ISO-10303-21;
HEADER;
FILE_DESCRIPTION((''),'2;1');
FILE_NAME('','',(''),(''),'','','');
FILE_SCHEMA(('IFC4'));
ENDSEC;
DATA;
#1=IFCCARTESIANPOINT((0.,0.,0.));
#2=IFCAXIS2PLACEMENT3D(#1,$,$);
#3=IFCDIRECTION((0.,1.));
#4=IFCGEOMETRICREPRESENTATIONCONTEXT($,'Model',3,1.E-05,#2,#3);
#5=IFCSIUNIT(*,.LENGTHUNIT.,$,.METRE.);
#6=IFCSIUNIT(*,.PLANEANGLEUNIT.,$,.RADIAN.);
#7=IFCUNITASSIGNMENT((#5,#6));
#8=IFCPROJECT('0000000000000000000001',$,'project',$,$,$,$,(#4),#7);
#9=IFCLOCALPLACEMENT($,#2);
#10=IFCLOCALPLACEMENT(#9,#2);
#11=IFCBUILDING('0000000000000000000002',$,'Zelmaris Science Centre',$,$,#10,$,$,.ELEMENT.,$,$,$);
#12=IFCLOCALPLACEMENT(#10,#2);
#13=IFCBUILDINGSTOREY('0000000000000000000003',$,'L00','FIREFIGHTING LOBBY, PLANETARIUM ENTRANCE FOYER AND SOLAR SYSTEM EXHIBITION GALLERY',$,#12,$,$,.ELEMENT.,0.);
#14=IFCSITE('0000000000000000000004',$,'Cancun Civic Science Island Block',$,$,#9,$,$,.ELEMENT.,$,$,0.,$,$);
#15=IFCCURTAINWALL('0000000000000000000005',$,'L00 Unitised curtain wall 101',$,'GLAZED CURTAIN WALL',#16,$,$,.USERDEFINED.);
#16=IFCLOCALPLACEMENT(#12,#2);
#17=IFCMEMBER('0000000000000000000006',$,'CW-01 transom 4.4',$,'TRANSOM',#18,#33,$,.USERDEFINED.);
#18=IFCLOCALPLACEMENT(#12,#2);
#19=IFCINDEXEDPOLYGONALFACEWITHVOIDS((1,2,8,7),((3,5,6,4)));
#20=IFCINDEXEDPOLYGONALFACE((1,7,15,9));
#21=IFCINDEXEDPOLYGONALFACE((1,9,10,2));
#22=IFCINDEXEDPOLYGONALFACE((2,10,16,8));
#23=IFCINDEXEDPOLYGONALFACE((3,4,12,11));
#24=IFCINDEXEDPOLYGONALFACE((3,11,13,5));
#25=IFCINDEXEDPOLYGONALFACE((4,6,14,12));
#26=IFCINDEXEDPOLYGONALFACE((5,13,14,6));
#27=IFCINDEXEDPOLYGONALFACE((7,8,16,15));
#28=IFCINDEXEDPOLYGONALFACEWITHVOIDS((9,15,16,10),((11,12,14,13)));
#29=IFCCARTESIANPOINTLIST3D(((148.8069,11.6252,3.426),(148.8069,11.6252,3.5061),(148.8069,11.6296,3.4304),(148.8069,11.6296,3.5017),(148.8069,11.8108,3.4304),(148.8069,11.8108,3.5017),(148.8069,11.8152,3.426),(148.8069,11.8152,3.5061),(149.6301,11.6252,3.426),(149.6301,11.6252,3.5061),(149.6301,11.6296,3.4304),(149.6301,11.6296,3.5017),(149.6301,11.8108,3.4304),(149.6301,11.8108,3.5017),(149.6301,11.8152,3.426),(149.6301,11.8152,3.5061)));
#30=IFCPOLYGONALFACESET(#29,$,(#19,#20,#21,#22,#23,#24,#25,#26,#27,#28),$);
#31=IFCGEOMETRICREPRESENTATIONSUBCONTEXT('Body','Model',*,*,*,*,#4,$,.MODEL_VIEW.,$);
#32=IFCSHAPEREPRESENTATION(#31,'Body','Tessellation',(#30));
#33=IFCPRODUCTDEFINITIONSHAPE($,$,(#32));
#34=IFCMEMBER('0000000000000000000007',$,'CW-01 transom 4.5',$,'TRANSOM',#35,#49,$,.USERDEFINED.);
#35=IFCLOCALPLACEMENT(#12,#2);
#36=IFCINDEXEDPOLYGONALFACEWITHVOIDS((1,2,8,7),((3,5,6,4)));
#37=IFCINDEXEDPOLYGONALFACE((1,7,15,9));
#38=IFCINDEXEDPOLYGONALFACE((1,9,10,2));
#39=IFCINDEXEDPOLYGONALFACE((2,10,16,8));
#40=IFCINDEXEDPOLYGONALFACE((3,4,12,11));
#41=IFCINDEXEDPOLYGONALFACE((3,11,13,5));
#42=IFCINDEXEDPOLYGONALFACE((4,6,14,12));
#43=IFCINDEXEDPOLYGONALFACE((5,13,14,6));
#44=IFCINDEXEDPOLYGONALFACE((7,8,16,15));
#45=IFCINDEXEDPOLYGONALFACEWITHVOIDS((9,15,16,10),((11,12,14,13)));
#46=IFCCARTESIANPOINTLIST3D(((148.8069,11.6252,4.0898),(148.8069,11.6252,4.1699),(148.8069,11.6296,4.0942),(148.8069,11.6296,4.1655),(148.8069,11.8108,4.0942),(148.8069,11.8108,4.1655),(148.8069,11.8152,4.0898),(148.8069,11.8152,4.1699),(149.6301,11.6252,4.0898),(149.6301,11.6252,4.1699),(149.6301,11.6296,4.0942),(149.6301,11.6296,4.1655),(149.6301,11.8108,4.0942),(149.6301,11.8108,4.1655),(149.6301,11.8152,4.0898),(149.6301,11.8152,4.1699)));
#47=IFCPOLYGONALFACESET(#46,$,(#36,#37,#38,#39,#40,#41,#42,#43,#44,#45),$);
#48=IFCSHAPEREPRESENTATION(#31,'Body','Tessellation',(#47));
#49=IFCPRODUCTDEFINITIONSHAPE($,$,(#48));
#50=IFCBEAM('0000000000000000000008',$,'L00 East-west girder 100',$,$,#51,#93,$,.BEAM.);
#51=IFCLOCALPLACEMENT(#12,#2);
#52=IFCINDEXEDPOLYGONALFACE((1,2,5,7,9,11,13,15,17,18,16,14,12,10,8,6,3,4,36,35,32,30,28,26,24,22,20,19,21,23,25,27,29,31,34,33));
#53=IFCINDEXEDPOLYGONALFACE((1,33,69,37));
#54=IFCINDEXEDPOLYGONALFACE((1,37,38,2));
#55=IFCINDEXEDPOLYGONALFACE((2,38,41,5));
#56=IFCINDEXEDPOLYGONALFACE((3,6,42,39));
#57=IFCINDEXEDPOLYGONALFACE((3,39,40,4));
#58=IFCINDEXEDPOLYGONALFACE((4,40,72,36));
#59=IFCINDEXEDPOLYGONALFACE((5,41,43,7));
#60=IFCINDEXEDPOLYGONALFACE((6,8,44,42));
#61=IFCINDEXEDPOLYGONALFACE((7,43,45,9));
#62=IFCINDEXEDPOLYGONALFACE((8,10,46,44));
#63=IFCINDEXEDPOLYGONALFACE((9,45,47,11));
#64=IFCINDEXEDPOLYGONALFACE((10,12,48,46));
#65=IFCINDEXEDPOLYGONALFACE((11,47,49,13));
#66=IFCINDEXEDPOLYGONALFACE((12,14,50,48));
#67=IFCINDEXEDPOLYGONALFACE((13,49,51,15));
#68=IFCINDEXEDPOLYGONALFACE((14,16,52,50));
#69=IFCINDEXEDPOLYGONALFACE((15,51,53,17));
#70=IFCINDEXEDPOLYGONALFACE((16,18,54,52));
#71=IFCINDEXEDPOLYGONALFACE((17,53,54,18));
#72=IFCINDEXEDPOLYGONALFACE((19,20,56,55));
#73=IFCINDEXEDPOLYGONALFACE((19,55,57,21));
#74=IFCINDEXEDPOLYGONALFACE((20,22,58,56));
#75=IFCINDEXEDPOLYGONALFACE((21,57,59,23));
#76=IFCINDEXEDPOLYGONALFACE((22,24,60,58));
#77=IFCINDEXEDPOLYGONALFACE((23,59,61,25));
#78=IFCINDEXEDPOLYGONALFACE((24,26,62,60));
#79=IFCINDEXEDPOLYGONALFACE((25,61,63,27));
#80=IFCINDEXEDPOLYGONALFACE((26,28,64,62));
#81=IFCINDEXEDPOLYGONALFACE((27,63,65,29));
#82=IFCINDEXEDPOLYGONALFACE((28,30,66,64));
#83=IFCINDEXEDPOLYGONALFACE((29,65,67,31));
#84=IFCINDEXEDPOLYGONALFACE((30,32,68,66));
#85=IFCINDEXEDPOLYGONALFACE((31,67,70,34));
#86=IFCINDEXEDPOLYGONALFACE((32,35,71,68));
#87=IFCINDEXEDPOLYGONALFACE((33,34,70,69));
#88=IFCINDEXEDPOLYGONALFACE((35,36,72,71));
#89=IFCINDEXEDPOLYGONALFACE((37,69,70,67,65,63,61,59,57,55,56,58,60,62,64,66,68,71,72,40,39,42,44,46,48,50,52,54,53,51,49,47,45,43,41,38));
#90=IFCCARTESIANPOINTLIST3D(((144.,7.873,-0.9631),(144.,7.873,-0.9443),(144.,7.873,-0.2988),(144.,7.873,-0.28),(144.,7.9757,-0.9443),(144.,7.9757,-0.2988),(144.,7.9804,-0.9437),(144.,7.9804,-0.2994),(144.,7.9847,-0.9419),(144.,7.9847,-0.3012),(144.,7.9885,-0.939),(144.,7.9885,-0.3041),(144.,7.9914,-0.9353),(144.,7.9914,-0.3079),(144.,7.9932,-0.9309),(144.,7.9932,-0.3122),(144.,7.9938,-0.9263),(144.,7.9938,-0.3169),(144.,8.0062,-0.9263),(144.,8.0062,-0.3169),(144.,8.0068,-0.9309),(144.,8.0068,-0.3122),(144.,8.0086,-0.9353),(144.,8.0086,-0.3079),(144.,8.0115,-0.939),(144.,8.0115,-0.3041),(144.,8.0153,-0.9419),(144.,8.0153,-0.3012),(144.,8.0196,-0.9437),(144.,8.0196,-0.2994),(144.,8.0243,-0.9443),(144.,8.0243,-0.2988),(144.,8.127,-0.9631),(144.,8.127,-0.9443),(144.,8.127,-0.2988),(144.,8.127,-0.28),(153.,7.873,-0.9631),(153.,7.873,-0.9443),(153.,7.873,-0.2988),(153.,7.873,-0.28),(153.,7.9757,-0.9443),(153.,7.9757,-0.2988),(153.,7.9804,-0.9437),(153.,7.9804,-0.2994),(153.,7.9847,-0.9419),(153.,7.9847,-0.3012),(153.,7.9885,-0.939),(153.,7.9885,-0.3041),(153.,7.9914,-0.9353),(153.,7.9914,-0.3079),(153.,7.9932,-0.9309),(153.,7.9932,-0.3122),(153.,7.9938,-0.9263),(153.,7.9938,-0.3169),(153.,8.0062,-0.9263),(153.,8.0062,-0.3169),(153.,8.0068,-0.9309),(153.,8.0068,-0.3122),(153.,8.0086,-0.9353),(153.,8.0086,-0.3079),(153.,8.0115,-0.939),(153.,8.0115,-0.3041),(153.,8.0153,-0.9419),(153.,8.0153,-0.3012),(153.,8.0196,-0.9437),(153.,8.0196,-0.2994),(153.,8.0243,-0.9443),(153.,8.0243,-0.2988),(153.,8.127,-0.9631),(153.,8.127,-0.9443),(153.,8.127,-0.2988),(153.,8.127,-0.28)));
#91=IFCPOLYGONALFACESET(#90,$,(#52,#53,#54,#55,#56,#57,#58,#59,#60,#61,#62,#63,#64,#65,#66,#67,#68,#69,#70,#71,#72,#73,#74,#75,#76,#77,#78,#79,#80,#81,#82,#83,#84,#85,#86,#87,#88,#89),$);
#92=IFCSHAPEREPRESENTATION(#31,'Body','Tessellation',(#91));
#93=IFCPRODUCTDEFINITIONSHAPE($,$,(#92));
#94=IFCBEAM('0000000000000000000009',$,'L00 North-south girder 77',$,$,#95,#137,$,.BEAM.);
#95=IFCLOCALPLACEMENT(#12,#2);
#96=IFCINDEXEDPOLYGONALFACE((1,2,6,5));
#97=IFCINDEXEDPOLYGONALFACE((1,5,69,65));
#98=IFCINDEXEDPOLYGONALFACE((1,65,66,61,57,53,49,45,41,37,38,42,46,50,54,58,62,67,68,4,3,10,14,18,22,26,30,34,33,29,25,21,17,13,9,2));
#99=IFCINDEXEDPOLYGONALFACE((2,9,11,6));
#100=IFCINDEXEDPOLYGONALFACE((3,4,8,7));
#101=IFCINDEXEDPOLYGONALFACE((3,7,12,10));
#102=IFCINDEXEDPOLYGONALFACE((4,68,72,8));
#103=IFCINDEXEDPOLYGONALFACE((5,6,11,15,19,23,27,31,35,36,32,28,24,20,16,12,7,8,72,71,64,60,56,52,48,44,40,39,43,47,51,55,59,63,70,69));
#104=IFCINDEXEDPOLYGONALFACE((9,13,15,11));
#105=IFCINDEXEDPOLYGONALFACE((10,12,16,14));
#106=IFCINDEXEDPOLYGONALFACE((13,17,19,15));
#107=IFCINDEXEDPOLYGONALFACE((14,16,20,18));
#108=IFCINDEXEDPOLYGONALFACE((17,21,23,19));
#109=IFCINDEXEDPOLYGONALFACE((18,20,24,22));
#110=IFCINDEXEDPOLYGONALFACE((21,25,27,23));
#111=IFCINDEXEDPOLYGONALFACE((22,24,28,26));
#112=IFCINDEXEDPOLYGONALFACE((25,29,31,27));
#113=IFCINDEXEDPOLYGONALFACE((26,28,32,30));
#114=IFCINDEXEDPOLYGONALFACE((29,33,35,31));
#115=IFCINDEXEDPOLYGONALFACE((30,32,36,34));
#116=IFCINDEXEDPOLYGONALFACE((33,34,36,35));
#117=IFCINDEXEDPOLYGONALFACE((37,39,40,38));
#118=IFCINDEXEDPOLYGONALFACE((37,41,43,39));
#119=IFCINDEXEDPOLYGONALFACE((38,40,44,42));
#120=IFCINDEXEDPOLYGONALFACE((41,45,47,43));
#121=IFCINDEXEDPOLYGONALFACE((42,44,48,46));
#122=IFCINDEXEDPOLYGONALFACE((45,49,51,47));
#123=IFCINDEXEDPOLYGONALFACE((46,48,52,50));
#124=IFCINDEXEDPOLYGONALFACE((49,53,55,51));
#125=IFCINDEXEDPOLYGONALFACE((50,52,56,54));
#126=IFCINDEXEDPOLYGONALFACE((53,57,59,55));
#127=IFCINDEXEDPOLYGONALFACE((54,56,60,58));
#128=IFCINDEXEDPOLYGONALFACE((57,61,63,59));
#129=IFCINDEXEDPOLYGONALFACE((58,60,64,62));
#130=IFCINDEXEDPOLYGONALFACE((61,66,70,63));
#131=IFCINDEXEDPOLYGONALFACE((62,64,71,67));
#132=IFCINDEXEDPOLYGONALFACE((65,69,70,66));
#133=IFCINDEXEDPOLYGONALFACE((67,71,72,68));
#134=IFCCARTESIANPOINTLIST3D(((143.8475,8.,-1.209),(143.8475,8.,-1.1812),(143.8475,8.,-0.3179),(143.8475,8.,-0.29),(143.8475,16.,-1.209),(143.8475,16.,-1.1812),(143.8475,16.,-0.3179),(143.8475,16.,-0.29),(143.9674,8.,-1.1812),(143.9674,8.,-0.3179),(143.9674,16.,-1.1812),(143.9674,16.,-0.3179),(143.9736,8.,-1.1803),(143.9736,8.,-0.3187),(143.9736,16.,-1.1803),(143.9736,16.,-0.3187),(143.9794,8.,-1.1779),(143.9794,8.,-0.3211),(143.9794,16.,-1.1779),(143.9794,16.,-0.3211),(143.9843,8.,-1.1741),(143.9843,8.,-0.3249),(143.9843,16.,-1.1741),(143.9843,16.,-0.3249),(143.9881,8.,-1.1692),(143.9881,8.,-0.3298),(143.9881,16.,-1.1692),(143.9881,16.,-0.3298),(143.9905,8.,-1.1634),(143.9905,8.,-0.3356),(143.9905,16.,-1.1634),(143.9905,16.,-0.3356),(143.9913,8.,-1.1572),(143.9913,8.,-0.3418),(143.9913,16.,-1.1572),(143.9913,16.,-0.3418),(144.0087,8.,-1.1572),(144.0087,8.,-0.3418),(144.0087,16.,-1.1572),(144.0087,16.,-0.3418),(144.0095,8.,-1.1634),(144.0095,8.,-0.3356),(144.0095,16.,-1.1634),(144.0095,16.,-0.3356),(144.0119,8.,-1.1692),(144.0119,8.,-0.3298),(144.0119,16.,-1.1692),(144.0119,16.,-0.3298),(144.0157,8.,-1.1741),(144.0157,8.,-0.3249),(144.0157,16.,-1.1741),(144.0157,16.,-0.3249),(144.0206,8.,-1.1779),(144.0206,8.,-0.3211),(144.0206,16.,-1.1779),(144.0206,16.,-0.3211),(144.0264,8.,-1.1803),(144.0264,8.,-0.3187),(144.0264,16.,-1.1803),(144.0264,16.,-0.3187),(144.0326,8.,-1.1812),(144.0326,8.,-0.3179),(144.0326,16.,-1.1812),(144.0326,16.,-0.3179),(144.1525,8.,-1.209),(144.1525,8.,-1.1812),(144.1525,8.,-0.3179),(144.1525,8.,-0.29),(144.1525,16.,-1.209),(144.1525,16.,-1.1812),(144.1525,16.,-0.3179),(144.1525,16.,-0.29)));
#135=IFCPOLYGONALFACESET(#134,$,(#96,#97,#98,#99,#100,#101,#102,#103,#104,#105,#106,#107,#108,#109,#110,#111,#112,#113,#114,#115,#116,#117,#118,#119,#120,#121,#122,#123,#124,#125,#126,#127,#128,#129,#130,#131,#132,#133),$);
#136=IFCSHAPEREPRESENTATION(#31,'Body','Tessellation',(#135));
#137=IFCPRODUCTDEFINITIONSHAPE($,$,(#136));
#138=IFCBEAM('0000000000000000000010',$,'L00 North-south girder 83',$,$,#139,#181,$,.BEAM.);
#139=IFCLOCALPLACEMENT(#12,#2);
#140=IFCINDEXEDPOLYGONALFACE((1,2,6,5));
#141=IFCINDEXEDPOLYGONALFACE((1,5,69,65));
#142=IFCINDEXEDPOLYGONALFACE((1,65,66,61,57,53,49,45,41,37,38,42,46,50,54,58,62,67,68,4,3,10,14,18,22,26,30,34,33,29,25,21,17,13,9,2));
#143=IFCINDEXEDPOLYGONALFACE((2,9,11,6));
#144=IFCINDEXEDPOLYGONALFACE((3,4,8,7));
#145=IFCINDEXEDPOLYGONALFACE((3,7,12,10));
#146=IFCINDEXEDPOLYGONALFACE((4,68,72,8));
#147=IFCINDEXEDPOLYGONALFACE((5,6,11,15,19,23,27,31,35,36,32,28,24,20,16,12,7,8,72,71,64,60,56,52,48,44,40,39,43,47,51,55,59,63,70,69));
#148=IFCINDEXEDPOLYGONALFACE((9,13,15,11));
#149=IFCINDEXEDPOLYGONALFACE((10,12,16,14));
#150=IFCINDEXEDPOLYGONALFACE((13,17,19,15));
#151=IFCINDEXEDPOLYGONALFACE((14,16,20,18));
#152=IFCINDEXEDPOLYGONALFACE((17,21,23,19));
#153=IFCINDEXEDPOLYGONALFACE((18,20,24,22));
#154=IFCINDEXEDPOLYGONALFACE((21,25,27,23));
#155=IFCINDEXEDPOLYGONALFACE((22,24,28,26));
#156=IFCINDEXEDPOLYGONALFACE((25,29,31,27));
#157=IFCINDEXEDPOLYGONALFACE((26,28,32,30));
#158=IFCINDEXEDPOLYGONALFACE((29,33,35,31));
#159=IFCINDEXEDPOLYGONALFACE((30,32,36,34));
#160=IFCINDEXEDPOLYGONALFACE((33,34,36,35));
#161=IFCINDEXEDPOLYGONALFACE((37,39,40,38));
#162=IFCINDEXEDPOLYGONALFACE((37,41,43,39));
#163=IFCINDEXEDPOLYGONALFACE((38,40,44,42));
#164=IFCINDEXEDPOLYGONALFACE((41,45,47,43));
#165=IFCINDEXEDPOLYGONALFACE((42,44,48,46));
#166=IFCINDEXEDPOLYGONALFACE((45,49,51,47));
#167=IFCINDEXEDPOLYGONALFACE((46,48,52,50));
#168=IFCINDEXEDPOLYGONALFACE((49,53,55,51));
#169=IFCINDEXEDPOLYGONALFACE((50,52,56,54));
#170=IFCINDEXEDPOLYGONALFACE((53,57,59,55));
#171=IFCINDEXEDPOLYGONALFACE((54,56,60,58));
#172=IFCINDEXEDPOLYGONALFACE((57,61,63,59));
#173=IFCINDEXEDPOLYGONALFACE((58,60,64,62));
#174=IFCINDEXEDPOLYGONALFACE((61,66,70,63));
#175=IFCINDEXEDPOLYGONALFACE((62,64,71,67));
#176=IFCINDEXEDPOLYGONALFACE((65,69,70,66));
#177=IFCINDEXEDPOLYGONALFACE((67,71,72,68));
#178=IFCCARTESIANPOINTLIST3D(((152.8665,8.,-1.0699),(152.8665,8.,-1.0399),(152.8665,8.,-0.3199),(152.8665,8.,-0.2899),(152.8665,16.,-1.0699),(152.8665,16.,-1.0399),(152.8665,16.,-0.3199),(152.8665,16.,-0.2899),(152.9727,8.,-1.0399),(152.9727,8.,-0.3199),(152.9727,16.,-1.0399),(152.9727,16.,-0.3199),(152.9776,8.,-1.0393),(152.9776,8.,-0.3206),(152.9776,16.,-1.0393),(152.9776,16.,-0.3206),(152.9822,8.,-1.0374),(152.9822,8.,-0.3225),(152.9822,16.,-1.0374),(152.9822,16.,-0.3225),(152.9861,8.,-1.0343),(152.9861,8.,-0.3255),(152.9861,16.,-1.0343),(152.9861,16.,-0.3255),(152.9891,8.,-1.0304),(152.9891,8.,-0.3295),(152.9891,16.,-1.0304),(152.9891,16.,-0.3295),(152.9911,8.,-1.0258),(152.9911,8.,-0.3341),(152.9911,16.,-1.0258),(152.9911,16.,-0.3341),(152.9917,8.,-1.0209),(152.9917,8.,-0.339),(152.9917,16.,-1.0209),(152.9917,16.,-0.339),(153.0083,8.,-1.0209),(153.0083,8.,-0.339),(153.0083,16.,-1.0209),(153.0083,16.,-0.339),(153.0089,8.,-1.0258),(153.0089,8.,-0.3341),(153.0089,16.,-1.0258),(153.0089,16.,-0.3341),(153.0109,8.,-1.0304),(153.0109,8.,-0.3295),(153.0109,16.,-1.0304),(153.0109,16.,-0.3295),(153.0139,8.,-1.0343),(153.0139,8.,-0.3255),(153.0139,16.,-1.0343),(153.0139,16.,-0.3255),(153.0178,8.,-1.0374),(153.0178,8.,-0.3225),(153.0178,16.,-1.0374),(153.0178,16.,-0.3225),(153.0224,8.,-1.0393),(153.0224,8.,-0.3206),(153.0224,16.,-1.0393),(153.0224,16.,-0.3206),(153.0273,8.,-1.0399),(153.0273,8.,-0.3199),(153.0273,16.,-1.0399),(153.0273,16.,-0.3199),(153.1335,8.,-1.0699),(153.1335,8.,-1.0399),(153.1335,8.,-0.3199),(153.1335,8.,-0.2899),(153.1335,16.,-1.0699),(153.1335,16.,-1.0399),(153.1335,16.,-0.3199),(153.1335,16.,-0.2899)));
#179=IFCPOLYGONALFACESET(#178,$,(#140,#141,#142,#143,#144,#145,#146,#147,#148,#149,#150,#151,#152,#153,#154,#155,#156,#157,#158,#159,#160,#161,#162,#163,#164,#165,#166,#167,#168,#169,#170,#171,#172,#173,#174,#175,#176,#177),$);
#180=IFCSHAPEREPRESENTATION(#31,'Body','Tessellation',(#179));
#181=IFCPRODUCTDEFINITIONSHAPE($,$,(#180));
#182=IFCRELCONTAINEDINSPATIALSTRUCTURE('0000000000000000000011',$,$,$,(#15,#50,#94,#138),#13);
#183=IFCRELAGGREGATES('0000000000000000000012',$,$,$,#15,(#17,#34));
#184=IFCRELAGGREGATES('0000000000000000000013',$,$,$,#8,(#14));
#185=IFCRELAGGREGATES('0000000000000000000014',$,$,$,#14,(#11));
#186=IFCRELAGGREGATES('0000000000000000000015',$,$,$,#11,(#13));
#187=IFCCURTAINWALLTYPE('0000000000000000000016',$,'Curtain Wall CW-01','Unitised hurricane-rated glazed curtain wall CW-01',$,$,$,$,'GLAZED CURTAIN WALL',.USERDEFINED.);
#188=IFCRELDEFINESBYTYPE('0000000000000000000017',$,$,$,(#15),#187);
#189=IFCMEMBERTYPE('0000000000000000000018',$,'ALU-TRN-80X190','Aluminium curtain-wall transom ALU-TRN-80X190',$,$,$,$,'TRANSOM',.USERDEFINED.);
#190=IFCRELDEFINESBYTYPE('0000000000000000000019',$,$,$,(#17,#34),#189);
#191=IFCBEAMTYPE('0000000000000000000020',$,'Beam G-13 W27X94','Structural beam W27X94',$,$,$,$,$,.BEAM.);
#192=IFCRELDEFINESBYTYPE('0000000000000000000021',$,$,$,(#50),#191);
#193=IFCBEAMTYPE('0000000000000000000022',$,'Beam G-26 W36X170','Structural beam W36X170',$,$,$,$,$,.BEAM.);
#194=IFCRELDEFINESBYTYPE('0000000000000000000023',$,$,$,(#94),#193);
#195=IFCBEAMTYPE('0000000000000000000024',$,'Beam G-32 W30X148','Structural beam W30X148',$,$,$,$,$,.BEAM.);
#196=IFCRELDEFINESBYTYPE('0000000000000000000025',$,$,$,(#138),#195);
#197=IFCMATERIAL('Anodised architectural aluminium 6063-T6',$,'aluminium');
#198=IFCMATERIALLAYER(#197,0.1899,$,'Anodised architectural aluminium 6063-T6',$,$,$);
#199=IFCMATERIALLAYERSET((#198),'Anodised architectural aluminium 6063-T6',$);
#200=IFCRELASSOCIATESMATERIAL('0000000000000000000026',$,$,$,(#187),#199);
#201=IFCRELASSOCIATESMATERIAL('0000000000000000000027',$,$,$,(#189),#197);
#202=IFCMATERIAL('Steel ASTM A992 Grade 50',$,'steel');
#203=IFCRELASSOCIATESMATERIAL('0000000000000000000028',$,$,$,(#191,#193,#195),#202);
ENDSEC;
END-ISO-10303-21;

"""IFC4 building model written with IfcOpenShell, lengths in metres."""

from ifc_helpers import new_model, si_unit, direction, frame, origin, origin_2d, place, context, subcontext, project, spatial, hollow_rectangle, i_section, extrude, material, layer, layer_set, material_profile, profile_set, type_object, element, aggregate, save


model = new_model("IFC4")

# Units and contexts
model_context = context("Model", 3, precision=1e-05, world=origin(), true_north=direction((0.0, 1.0)))
body_context = subcontext(model_context, "Body", "Model", "MODEL_VIEW")
ifc_project = project(units=[si_unit("LENGTHUNIT", "METRE"), si_unit("PLANEANGLEUNIT", "RADIAN")], contexts=[model_context])

# Site, building, storey
site_placement = place(None, origin())
site = spatial("IfcSite", under=ifc_project, at=site_placement, Name="Cancun Civic Science Island Block", CompositionType="ELEMENT", RefElevation=0.0)
building_placement = place(site_placement, origin())
building = spatial("IfcBuilding", under=site, at=building_placement, Name="Zelmaris Science Centre", CompositionType="ELEMENT")
storey_placement = place(building_placement, origin())
storey = spatial("IfcBuildingStorey", under=building, at=storey_placement, Name="L00", Description="FIREFIGHTING LOBBY, PLANETARIUM ENTRANCE FOYER AND SOLAR SYSTEM EXHIBITION GALLERY", CompositionType="ELEMENT", Elevation=0.0)

# Curtain wall
ifc_material_1 = material(Name="Anodised architectural aluminium 6063-T6", Category="aluminium")
ifc_layer_1 = layer(ifc_material_1, 0.1899, Name="Anodised architectural aluminium 6063-T6")
ifc_layer_set_1 = layer_set([ifc_layer_1], Name="Anodised architectural aluminium 6063-T6")
curtain_wall_type_1 = type_object("IfcCurtainWallType", Name="Curtain Wall CW-01", Description="Unitised hurricane-rated glazed curtain wall CW-01", ElementType="GLAZED CURTAIN WALL", PredefinedType="USERDEFINED", material=ifc_layer_set_1)
curtain_wall_1_placement = place(storey_placement, origin())
curtain_wall_1 = element("IfcCurtainWall", 1, at=curtain_wall_1_placement, inside=storey, type_object=curtain_wall_type_1, Name="L00 Unitised curtain wall 101", ObjectType="GLAZED CURTAIN WALL", PredefinedType="USERDEFINED")

# Members
ifc_material_profile_1 = material_profile(ifc_material_1, hollow_rectangle(XDim=0.0801, YDim=0.1899, WallThickness=0.0044, at=origin_2d()), Name="ALU-TRN-80X190")
ifc_profile_set_1 = profile_set([ifc_material_profile_1], Name="Anodised architectural aluminium 6063-T6")
member_type_1 = type_object("IfcMemberType", Name="ALU-TRN-80X190", Description="Aluminium curtain-wall transom ALU-TRN-80X190", ElementType="TRANSOM", PredefinedType="USERDEFINED", material=ifc_profile_set_1)
member_1_placement = place(storey_placement, frame((149.6301, 11.7202, 3.4661), z_axis=(-1.0, 0.0, 0.0), x_axis=(0.0, 0.0, 1.0)))
member_1 = element("IfcMember", 2, at=member_1_placement, type_object=member_type_1, Name="CW-01 transom 4.4", ObjectType="TRANSOM", PredefinedType="USERDEFINED", context=body_context, shape_type="SweptSolid", body=[
    extrude(hollow_rectangle(XDim=0.0801, YDim=0.1899, WallThickness=0.0044, at=origin_2d()), origin(), (0.0, 0.0, 1.0), 0.8232),
])
member_2_placement = place(storey_placement, frame((149.6301, 11.7202, 4.1299), z_axis=(-1.0, 0.0, 0.0), x_axis=(0.0, 0.0, 1.0)))
member_2 = element("IfcMember", 3, at=member_2_placement, type_object=member_type_1, Name="CW-01 transom 4.5", ObjectType="TRANSOM", PredefinedType="USERDEFINED", context=body_context, shape_type="SweptSolid", body=[
    extrude(hollow_rectangle(XDim=0.0801, YDim=0.1899, WallThickness=0.0044, at=origin_2d()), origin(), (0.0, 0.0, 1.0), 0.8232),
])

# Beams
ifc_material_2 = material(Name="Steel ASTM A992 Grade 50", Category="steel")
ifc_material_profile_2 = material_profile(ifc_material_2, i_section(OverallWidth=0.2539, OverallDepth=0.6831, WebThickness=0.0125, FlangeThickness=0.0188, FilletRadius=0.0181, at=origin_2d()), Name="W27X94")
ifc_profile_set_2 = profile_set([ifc_material_profile_2], Name="Steel ASTM A992 Grade 50")
beam_type_1 = type_object("IfcBeamType", Name="Beam G-13 W27X94", Description="Structural beam W27X94", PredefinedType="BEAM", material=ifc_profile_set_2)
beam_1_placement = place(storey_placement, frame((144.0, 8.0, -0.6216), z_axis=(1.0, 0.0, 0.0), x_axis=(0.0, 1.0, 0.0)))
element("IfcBeam", 4, at=beam_1_placement, inside=storey, type_object=beam_type_1, Name="L00 East-west girder 100", PredefinedType="BEAM", context=body_context, shape_type="SweptSolid", body=[
    extrude(i_section(OverallWidth=0.2539, OverallDepth=0.6831, WebThickness=0.0125, FlangeThickness=0.0188, FilletRadius=0.0181, at=origin_2d()), origin(), (0.0, 0.0, 1.0), 9.0),
])
ifc_material_profile_3 = material_profile(ifc_material_2, i_section(OverallWidth=0.3049, OverallDepth=0.9189, WebThickness=0.0173, FlangeThickness=0.0278, FilletRadius=0.0239, at=origin_2d()), Name="W36X170")
ifc_profile_set_3 = profile_set([ifc_material_profile_3], Name="Steel ASTM A992 Grade 50")
beam_type_2 = type_object("IfcBeamType", Name="Beam G-26 W36X170", Description="Structural beam W36X170", PredefinedType="BEAM", material=ifc_profile_set_3)
beam_2_placement = place(storey_placement, frame((144.0, 8.0, -0.7495), z_axis=(0.0, 1.0, 0.0), x_axis=(-1.0, 0.0, 0.0)))
element("IfcBeam", 5, at=beam_2_placement, inside=storey, type_object=beam_type_2, Name="L00 North-south girder 77", PredefinedType="BEAM", context=body_context, shape_type="SweptSolid", body=[
    extrude(i_section(OverallWidth=0.3049, OverallDepth=0.9189, WebThickness=0.0173, FlangeThickness=0.0278, FilletRadius=0.0239, at=origin_2d()), origin(), (0.0, 0.0, 1.0), 8.0),
])
ifc_material_profile_4 = material_profile(ifc_material_2, i_section(OverallWidth=0.2671, OverallDepth=0.78, WebThickness=0.0166, FlangeThickness=0.03, FilletRadius=0.019, at=origin_2d()), Name="W30X148")
ifc_profile_set_4 = profile_set([ifc_material_profile_4], Name="Steel ASTM A992 Grade 50")
beam_type_3 = type_object("IfcBeamType", Name="Beam G-32 W30X148", Description="Structural beam W30X148", PredefinedType="BEAM", material=ifc_profile_set_4)
beam_3_placement = place(storey_placement, frame((153.0, 8.0, -0.6799), z_axis=(0.0, 1.0, 0.0), x_axis=(-1.0, 0.0, 0.0)))
element("IfcBeam", 6, at=beam_3_placement, inside=storey, type_object=beam_type_3, Name="L00 North-south girder 83", PredefinedType="BEAM", context=body_context, shape_type="SweptSolid", body=[
    extrude(i_section(OverallWidth=0.2671, OverallDepth=0.78, WebThickness=0.0166, FlangeThickness=0.03, FilletRadius=0.019, at=origin_2d()), origin(), (0.0, 0.0, 1.0), 8.0),
])

aggregate(curtain_wall_1, [member_1, member_2])

save(model, "model.ifc")
